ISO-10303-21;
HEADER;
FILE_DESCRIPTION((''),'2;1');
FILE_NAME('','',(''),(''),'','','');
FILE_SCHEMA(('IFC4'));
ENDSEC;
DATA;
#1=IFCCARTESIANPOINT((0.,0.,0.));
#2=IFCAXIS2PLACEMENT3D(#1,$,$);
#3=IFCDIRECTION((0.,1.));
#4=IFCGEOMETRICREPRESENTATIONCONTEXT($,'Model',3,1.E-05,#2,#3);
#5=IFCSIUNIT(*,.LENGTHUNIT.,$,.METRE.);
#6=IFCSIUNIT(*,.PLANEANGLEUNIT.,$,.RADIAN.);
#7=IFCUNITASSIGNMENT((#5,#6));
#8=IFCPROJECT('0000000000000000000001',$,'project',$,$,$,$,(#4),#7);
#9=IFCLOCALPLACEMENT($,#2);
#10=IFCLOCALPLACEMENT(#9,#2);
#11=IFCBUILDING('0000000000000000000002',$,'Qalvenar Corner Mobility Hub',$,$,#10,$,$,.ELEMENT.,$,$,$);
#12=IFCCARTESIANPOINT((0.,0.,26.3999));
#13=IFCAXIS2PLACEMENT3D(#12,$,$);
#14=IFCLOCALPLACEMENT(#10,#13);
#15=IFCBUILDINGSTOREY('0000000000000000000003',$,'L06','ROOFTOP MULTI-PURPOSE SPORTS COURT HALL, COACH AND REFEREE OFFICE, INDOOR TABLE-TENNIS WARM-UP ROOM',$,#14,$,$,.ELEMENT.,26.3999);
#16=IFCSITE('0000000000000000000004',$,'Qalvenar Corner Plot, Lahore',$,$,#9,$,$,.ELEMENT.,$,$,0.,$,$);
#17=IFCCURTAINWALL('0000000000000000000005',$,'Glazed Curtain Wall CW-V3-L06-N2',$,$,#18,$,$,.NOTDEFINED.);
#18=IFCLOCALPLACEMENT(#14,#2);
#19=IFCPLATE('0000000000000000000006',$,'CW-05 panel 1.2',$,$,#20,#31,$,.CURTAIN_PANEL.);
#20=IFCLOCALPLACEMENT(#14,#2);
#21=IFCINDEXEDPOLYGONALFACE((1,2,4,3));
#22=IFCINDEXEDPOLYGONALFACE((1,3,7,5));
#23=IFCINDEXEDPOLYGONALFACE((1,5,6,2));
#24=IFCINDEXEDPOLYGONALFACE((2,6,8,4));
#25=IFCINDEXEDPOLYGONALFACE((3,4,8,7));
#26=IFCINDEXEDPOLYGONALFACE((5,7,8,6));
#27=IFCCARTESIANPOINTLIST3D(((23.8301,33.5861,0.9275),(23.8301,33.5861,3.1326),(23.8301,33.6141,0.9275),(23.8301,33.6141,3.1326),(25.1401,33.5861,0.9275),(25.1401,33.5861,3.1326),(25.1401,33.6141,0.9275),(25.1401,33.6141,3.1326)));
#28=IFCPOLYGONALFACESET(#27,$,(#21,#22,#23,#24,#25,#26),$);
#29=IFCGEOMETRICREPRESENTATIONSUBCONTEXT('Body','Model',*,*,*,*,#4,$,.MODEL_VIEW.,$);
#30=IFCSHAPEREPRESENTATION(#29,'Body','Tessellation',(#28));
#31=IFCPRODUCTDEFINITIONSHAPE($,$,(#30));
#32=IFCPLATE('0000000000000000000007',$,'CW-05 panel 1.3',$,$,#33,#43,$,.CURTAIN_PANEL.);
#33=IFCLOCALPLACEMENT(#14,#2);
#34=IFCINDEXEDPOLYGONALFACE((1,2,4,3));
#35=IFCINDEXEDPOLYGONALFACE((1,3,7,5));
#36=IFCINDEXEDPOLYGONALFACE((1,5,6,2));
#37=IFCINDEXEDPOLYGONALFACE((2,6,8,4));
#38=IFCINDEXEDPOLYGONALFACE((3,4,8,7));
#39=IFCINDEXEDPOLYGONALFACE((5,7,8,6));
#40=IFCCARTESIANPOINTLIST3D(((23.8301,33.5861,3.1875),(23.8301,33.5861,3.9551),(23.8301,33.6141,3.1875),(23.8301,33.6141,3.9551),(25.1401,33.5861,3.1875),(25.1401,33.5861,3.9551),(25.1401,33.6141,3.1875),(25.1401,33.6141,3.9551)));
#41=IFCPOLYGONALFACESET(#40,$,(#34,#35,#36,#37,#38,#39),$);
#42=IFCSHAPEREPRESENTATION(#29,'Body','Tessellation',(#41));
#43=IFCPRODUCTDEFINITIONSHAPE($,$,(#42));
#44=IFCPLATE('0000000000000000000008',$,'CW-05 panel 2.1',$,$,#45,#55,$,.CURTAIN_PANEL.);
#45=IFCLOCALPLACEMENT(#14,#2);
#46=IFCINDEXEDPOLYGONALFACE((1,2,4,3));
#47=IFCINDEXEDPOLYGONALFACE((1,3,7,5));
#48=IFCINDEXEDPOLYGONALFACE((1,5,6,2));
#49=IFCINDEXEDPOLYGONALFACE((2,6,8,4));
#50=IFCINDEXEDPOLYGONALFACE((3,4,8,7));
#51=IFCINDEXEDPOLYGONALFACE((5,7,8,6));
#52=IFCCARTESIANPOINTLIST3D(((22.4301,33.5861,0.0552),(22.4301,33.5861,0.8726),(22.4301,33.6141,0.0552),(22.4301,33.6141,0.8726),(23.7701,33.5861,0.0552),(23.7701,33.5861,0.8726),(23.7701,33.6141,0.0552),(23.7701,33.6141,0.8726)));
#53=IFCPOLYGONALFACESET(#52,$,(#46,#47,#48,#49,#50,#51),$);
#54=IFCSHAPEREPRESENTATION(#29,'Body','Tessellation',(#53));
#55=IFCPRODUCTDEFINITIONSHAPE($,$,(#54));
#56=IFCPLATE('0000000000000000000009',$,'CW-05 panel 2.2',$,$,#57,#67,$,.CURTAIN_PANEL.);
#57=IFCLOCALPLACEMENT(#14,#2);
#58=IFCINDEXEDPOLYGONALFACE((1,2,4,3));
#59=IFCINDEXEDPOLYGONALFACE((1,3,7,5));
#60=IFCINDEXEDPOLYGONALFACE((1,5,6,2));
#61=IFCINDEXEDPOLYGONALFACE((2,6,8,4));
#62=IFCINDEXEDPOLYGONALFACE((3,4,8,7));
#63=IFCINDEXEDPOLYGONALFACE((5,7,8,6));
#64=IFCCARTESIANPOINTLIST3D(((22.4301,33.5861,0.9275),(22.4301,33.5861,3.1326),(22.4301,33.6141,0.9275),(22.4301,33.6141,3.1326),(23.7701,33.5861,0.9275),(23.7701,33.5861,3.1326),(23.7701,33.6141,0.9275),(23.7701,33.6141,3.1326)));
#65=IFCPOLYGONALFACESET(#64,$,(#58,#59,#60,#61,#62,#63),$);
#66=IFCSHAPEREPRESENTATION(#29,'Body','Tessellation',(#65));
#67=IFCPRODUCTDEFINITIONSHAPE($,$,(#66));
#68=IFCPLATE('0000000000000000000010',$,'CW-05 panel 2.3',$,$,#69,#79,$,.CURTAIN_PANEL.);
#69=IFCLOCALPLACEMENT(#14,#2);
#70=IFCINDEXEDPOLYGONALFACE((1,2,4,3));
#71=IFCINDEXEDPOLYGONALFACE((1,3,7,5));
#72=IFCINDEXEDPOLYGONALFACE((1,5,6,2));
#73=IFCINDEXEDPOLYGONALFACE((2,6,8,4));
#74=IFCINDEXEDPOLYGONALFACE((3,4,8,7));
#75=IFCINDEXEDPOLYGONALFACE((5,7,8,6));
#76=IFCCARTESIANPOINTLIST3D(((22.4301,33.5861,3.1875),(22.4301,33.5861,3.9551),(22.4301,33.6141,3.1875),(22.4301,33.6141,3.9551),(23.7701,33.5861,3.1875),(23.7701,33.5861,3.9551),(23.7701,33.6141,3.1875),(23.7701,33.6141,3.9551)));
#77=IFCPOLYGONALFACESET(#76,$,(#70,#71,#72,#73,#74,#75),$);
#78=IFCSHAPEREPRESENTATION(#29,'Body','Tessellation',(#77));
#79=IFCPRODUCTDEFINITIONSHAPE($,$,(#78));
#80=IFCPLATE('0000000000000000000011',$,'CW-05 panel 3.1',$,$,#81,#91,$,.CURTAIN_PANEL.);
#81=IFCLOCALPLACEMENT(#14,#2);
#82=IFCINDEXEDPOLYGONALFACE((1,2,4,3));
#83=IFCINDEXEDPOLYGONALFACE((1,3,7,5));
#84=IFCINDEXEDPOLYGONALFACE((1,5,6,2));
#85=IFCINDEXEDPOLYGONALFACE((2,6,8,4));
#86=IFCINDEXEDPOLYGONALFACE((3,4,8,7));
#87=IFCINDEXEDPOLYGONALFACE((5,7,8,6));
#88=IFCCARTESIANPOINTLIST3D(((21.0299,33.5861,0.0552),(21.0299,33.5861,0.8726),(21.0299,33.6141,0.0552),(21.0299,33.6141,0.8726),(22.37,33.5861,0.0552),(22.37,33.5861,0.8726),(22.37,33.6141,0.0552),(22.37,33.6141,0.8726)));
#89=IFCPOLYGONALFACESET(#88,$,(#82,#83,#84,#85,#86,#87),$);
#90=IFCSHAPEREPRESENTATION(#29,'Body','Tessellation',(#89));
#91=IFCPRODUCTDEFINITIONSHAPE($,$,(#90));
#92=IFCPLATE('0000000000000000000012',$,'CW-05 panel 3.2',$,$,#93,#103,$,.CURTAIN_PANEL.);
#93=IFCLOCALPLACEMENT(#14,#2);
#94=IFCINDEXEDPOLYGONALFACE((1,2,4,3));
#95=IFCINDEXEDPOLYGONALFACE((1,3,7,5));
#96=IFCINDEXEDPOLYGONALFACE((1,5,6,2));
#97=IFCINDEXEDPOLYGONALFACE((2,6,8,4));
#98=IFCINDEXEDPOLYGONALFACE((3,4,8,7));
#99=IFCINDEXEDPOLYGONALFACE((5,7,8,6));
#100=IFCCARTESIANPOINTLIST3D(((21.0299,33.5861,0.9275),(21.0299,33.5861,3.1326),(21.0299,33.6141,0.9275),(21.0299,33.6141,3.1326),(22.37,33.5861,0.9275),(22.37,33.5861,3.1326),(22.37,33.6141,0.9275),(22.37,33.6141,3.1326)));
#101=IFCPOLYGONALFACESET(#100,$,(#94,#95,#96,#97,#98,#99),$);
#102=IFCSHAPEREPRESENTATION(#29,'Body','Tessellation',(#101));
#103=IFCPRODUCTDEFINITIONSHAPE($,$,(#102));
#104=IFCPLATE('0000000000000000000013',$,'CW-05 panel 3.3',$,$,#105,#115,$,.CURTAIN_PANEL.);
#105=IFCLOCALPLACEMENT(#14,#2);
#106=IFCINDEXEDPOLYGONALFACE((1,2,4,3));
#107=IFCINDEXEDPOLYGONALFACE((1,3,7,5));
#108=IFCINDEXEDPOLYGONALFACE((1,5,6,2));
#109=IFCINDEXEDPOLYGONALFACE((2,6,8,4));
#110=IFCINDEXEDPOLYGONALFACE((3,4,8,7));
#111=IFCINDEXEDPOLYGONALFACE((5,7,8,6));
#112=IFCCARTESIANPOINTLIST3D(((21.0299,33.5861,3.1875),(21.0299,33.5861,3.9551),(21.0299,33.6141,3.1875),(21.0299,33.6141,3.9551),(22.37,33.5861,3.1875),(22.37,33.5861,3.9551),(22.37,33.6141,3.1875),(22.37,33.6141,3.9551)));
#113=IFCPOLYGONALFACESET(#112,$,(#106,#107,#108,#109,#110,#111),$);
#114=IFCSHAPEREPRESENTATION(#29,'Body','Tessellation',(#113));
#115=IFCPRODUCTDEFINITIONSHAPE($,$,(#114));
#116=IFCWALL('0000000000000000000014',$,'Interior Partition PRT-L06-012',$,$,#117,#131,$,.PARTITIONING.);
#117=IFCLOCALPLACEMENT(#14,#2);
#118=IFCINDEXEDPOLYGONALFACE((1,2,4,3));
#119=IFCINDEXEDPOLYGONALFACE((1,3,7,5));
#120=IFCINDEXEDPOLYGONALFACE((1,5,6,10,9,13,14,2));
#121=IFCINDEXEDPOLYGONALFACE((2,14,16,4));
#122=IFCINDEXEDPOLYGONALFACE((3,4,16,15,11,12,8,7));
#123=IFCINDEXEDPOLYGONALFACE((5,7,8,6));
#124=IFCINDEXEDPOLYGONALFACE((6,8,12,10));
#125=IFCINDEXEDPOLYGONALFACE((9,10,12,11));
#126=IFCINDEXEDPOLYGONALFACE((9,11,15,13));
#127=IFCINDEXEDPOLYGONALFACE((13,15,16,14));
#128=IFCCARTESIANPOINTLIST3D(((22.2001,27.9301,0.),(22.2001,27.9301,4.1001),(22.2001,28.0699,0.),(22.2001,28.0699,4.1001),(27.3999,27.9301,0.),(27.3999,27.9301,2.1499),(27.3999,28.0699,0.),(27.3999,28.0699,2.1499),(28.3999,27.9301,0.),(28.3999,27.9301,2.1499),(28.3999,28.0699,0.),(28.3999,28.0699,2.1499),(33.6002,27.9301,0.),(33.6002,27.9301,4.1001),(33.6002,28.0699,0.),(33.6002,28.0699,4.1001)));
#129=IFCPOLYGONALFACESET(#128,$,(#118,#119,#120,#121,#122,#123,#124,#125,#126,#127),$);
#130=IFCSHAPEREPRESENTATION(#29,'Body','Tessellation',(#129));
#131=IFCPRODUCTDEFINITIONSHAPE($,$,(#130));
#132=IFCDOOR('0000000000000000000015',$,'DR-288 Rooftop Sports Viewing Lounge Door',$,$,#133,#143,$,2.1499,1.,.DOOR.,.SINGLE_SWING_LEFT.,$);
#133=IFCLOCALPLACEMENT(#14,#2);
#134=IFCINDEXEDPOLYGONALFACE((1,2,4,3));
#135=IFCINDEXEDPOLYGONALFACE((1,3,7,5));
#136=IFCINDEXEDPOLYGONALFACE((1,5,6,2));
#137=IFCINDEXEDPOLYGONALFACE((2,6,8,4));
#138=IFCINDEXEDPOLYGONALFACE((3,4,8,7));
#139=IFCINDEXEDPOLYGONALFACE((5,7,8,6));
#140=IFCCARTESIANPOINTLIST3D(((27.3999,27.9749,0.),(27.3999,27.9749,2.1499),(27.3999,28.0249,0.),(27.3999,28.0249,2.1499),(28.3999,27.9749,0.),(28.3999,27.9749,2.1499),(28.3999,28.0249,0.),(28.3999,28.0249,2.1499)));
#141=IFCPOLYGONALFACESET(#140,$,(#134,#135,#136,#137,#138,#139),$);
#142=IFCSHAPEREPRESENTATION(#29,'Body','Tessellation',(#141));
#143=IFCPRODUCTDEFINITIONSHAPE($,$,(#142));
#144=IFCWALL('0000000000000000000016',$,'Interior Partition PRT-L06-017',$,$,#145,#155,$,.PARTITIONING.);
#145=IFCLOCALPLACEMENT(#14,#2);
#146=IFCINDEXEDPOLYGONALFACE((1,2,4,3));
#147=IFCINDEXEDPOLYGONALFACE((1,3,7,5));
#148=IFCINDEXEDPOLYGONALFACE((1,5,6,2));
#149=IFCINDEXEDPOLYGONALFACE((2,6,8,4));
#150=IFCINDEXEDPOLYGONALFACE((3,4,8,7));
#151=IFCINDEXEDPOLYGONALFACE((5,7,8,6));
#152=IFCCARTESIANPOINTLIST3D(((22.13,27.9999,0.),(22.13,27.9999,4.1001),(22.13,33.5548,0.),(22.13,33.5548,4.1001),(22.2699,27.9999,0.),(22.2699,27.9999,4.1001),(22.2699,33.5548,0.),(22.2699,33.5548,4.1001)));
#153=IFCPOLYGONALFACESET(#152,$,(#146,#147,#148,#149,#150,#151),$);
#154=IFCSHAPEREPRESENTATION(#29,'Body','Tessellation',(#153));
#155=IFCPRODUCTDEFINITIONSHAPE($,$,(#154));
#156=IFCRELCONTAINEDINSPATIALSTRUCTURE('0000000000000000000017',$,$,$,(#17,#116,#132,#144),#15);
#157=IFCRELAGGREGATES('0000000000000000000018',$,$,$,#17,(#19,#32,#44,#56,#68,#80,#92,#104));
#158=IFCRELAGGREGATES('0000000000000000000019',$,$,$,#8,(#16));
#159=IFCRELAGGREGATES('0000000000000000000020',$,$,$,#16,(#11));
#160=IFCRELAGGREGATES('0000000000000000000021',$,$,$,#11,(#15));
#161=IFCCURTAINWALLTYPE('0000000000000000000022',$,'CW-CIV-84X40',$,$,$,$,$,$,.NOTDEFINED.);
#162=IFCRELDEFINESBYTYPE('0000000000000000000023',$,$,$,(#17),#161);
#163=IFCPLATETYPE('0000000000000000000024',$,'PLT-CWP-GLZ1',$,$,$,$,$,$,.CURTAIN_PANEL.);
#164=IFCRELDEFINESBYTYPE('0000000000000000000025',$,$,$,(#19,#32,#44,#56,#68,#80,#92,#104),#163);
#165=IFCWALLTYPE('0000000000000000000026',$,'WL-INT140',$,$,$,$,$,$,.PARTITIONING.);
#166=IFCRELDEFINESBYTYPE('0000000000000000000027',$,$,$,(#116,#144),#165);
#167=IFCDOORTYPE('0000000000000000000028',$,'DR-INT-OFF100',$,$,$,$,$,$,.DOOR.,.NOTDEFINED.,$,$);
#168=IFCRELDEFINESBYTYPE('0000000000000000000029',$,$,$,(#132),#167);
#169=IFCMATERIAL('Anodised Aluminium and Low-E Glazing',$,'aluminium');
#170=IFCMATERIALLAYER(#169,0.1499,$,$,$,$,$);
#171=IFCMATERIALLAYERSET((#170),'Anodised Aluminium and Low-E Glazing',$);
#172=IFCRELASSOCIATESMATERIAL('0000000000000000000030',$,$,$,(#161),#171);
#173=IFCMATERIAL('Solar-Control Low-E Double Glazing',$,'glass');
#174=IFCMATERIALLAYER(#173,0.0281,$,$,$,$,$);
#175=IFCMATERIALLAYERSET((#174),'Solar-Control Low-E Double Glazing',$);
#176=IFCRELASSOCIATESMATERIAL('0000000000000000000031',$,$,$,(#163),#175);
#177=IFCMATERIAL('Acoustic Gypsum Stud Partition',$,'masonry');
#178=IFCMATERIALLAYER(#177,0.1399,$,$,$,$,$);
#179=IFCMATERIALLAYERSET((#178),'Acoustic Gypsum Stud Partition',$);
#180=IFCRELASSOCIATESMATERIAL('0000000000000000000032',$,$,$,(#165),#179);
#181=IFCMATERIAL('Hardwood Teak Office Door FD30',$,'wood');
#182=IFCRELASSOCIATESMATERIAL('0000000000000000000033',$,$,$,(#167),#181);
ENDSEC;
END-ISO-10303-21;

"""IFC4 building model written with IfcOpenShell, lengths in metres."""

from ifc_helpers import new_model, si_unit, direction, frame, frame_2d, origin, origin_2d, place, context, subcontext, project, spatial, rectangle, extrude, material, layer, layer_set, type_object, element, fill, aggregate, save


model = new_model("IFC4")

# Units and contexts
model_context = context("Model", 3, precision=1e-05, world=origin(), true_north=direction((0.0, 1.0)))
body_context = subcontext(model_context, "Body", "Model", "MODEL_VIEW")
ifc_project = project(units=[si_unit("LENGTHUNIT", "METRE"), si_unit("PLANEANGLEUNIT", "RADIAN")], contexts=[model_context])

# Site, building, storey
site_placement = place(None, origin())
site = spatial("IfcSite", under=ifc_project, at=site_placement, Name="Qalvenar Corner Plot, Lahore", CompositionType="ELEMENT", RefElevation=0.0)
building_placement = place(site_placement, origin())
building = spatial("IfcBuilding", under=site, at=building_placement, Name="Qalvenar Corner Mobility Hub", CompositionType="ELEMENT")
storey_placement = place(building_placement, frame((0.0, 0.0, 26.3999)))
storey = spatial("IfcBuildingStorey", under=building, at=storey_placement, Name="L06", Description="ROOFTOP MULTI-PURPOSE SPORTS COURT HALL, COACH AND REFEREE OFFICE, INDOOR TABLE-TENNIS WARM-UP ROOM", CompositionType="ELEMENT", Elevation=26.3999)

# Curtain wall
ifc_material_1 = material(Name="Anodised Aluminium and Low-E Glazing", Category="aluminium")
ifc_layer_1 = layer(ifc_material_1, 0.1499)
ifc_layer_set_1 = layer_set([ifc_layer_1], Name="Anodised Aluminium and Low-E Glazing")
curtain_wall_type = type_object("IfcCurtainWallType", Name="CW-CIV-84X40", PredefinedType="NOTDEFINED", material=ifc_layer_set_1)
curtain_wall_placement = place(storey_placement, origin())
curtain_wall = element("IfcCurtainWall", 1, at=curtain_wall_placement, inside=storey, type_object=curtain_wall_type, Name="Glazed Curtain Wall CW-V3-L06-N2", PredefinedType="NOTDEFINED")

# Plates
ifc_material_2 = material(Name="Solar-Control Low-E Double Glazing", Category="glass")
ifc_layer_2 = layer(ifc_material_2, 0.0281)
ifc_layer_set_2 = layer_set([ifc_layer_2], Name="Solar-Control Low-E Double Glazing")
plate_type = type_object("IfcPlateType", Name="PLT-CWP-GLZ1", PredefinedType="CURTAIN_PANEL", material=ifc_layer_set_2)
plate_1_placement = place(storey_placement, frame((24.4851, 33.6001, 0.9275), z_axis=(0.0, 0.0, 1.0), x_axis=(-1.0, 0.0, 0.0)))
plate_1 = element("IfcPlate", 2, at=plate_1_placement, type_object=plate_type, Name="CW-05 panel 1.2", PredefinedType="CURTAIN_PANEL", context=body_context, shape_type="SweptSolid", body=[
    extrude(rectangle(XDim=1.3101, YDim=0.0281, at=origin_2d()), origin(), (0.0, 0.0, 1.0), 2.2051),
])
plate_2_placement = place(storey_placement, frame((24.4851, 33.6001, 3.1875), z_axis=(0.0, 0.0, 1.0), x_axis=(-1.0, 0.0, 0.0)))
plate_2 = element("IfcPlate", 3, at=plate_2_placement, type_object=plate_type, Name="CW-05 panel 1.3", PredefinedType="CURTAIN_PANEL", context=body_context, shape_type="SweptSolid", body=[
    extrude(rectangle(XDim=1.3101, YDim=0.0281, at=origin_2d()), origin(), (0.0, 0.0, 1.0), 0.7676),
])
plate_3_placement = place(storey_placement, frame((23.1001, 33.6001, 0.0552), z_axis=(0.0, 0.0, 1.0), x_axis=(-1.0, 0.0, 0.0)))
plate_3 = element("IfcPlate", 4, at=plate_3_placement, type_object=plate_type, Name="CW-05 panel 2.1", PredefinedType="CURTAIN_PANEL", context=body_context, shape_type="SweptSolid", body=[
    extrude(rectangle(XDim=1.3401, YDim=0.0281, at=origin_2d()), origin(), (0.0, 0.0, 1.0), 0.8174),
])
plate_4_placement = place(storey_placement, frame((23.1001, 33.6001, 0.9275), z_axis=(0.0, 0.0, 1.0), x_axis=(-1.0, 0.0, 0.0)))
plate_4 = element("IfcPlate", 5, at=plate_4_placement, type_object=plate_type, Name="CW-05 panel 2.2", PredefinedType="CURTAIN_PANEL", context=body_context, shape_type="SweptSolid", body=[
    extrude(rectangle(XDim=1.3401, YDim=0.0281, at=origin_2d()), origin(), (0.0, 0.0, 1.0), 2.2051),
])
plate_5_placement = place(storey_placement, frame((23.1001, 33.6001, 3.1875), z_axis=(0.0, 0.0, 1.0), x_axis=(-1.0, 0.0, 0.0)))
plate_5 = element("IfcPlate", 6, at=plate_5_placement, type_object=plate_type, Name="CW-05 panel 2.3", PredefinedType="CURTAIN_PANEL", context=body_context, shape_type="SweptSolid", body=[
    extrude(rectangle(XDim=1.3401, YDim=0.0281, at=origin_2d()), origin(), (0.0, 0.0, 1.0), 0.7676),
])
plate_6_placement = place(storey_placement, frame((21.7, 33.6001, 0.0552), z_axis=(0.0, 0.0, 1.0), x_axis=(-1.0, 0.0, 0.0)))
plate_6 = element("IfcPlate", 7, at=plate_6_placement, type_object=plate_type, Name="CW-05 panel 3.1", PredefinedType="CURTAIN_PANEL", context=body_context, shape_type="SweptSolid", body=[
    extrude(rectangle(XDim=1.3401, YDim=0.0281, at=origin_2d()), origin(), (0.0, 0.0, 1.0), 0.8174),
])
plate_7_placement = place(storey_placement, frame((21.7, 33.6001, 0.9275), z_axis=(0.0, 0.0, 1.0), x_axis=(-1.0, 0.0, 0.0)))
plate_7 = element("IfcPlate", 8, at=plate_7_placement, type_object=plate_type, Name="CW-05 panel 3.2", PredefinedType="CURTAIN_PANEL", context=body_context, shape_type="SweptSolid", body=[
    extrude(rectangle(XDim=1.3401, YDim=0.0281, at=origin_2d()), origin(), (0.0, 0.0, 1.0), 2.2051),
])
plate_8_placement = place(storey_placement, frame((21.7, 33.6001, 3.1875), z_axis=(0.0, 0.0, 1.0), x_axis=(-1.0, 0.0, 0.0)))
plate_8 = element("IfcPlate", 9, at=plate_8_placement, type_object=plate_type, Name="CW-05 panel 3.3", PredefinedType="CURTAIN_PANEL", context=body_context, shape_type="SweptSolid", body=[
    extrude(rectangle(XDim=1.3401, YDim=0.0281, at=origin_2d()), origin(), (0.0, 0.0, 1.0), 0.7676),
])
aggregate(curtain_wall, [plate_1, plate_2, plate_3, plate_4, plate_5, plate_6, plate_7, plate_8])

# Wall, opening, door
ifc_material_3 = material(Name="Acoustic Gypsum Stud Partition", Category="masonry")
ifc_layer_3 = layer(ifc_material_3, 0.1399)
ifc_layer_set_3 = layer_set([ifc_layer_3], Name="Acoustic Gypsum Stud Partition")
wall_type = type_object("IfcWallType", Name="WL-INT140", PredefinedType="PARTITIONING", material=ifc_layer_set_3)
wall_1_placement = place(storey_placement, frame((22.2, 28.0, 0.0), z_axis=(0.0, 0.0, 1.0), x_axis=(1.0, 0.0, 0.0)))
wall_1 = element("IfcWall", 10, at=wall_1_placement, inside=storey, type_object=wall_type, Name="Interior Partition PRT-L06-012", PredefinedType="PARTITIONING", context=body_context, shape_type="SweptSolid", body=[
    extrude(rectangle(XDim=11.4001, YDim=0.1399, at=frame_2d((5.7002, 0.0))), origin(), (0.0, 0.0, 1.0), 4.1001),
])
opening_placement = place(wall_1_placement, frame((5.2, 0.0, 0.0)))
opening = element("IfcOpeningElement", 11, at=opening_placement, cuts=wall_1, PredefinedType="OPENING", context=body_context, shape_type="SweptSolid", body=[
    extrude(rectangle(XDim=1.0, YDim=2.1499, at=frame_2d((0.5, 1.075))), frame((0.0, 0.0801, 0.0), z_axis=(0.0, -1.0, 0.0), x_axis=(1.0, 0.0, 0.0)), (0.0, 0.0, 1.0), 0.1599),
])
ifc_material_4 = material(Name="Hardwood Teak Office Door FD30", Category="wood")
door_type = type_object("IfcDoorType", Name="DR-INT-OFF100", OperationType="NOTDEFINED", PredefinedType="DOOR", material=ifc_material_4)
door_placement = place(opening_placement, origin())
door = element("IfcDoor", 12, at=door_placement, inside=storey, type_object=door_type, Name="DR-288 Rooftop Sports Viewing Lounge Door", OperationType="SINGLE_SWING_LEFT", OverallHeight=2.1499, OverallWidth=1.0, PredefinedType="DOOR", context=body_context, shape_type="SweptSolid", body=[
    extrude(rectangle(XDim=1.0, YDim=2.1499, at=frame_2d((0.5, 1.075))), frame((0.0, 0.0249, 0.0), z_axis=(0.0, -1.0, 0.0), x_axis=(1.0, 0.0, 0.0)), (0.0, 0.0, 1.0), 0.05),
])
fill(opening, door)

# Wall
wall_2_placement = place(storey_placement, frame((22.2, 28.0, 0.0), z_axis=(0.0, 0.0, 1.0), x_axis=(0.0, 1.0, 0.0)))
element("IfcWall", 13, at=wall_2_placement, inside=storey, type_object=wall_type, Name="Interior Partition PRT-L06-017", PredefinedType="PARTITIONING", context=body_context, shape_type="SweptSolid", body=[
    extrude(rectangle(XDim=5.5549, YDim=0.1399, at=frame_2d((2.7773, 0.0))), origin(), (0.0, 0.0, 1.0), 4.1001),
])

save(model, "model.ifc")
